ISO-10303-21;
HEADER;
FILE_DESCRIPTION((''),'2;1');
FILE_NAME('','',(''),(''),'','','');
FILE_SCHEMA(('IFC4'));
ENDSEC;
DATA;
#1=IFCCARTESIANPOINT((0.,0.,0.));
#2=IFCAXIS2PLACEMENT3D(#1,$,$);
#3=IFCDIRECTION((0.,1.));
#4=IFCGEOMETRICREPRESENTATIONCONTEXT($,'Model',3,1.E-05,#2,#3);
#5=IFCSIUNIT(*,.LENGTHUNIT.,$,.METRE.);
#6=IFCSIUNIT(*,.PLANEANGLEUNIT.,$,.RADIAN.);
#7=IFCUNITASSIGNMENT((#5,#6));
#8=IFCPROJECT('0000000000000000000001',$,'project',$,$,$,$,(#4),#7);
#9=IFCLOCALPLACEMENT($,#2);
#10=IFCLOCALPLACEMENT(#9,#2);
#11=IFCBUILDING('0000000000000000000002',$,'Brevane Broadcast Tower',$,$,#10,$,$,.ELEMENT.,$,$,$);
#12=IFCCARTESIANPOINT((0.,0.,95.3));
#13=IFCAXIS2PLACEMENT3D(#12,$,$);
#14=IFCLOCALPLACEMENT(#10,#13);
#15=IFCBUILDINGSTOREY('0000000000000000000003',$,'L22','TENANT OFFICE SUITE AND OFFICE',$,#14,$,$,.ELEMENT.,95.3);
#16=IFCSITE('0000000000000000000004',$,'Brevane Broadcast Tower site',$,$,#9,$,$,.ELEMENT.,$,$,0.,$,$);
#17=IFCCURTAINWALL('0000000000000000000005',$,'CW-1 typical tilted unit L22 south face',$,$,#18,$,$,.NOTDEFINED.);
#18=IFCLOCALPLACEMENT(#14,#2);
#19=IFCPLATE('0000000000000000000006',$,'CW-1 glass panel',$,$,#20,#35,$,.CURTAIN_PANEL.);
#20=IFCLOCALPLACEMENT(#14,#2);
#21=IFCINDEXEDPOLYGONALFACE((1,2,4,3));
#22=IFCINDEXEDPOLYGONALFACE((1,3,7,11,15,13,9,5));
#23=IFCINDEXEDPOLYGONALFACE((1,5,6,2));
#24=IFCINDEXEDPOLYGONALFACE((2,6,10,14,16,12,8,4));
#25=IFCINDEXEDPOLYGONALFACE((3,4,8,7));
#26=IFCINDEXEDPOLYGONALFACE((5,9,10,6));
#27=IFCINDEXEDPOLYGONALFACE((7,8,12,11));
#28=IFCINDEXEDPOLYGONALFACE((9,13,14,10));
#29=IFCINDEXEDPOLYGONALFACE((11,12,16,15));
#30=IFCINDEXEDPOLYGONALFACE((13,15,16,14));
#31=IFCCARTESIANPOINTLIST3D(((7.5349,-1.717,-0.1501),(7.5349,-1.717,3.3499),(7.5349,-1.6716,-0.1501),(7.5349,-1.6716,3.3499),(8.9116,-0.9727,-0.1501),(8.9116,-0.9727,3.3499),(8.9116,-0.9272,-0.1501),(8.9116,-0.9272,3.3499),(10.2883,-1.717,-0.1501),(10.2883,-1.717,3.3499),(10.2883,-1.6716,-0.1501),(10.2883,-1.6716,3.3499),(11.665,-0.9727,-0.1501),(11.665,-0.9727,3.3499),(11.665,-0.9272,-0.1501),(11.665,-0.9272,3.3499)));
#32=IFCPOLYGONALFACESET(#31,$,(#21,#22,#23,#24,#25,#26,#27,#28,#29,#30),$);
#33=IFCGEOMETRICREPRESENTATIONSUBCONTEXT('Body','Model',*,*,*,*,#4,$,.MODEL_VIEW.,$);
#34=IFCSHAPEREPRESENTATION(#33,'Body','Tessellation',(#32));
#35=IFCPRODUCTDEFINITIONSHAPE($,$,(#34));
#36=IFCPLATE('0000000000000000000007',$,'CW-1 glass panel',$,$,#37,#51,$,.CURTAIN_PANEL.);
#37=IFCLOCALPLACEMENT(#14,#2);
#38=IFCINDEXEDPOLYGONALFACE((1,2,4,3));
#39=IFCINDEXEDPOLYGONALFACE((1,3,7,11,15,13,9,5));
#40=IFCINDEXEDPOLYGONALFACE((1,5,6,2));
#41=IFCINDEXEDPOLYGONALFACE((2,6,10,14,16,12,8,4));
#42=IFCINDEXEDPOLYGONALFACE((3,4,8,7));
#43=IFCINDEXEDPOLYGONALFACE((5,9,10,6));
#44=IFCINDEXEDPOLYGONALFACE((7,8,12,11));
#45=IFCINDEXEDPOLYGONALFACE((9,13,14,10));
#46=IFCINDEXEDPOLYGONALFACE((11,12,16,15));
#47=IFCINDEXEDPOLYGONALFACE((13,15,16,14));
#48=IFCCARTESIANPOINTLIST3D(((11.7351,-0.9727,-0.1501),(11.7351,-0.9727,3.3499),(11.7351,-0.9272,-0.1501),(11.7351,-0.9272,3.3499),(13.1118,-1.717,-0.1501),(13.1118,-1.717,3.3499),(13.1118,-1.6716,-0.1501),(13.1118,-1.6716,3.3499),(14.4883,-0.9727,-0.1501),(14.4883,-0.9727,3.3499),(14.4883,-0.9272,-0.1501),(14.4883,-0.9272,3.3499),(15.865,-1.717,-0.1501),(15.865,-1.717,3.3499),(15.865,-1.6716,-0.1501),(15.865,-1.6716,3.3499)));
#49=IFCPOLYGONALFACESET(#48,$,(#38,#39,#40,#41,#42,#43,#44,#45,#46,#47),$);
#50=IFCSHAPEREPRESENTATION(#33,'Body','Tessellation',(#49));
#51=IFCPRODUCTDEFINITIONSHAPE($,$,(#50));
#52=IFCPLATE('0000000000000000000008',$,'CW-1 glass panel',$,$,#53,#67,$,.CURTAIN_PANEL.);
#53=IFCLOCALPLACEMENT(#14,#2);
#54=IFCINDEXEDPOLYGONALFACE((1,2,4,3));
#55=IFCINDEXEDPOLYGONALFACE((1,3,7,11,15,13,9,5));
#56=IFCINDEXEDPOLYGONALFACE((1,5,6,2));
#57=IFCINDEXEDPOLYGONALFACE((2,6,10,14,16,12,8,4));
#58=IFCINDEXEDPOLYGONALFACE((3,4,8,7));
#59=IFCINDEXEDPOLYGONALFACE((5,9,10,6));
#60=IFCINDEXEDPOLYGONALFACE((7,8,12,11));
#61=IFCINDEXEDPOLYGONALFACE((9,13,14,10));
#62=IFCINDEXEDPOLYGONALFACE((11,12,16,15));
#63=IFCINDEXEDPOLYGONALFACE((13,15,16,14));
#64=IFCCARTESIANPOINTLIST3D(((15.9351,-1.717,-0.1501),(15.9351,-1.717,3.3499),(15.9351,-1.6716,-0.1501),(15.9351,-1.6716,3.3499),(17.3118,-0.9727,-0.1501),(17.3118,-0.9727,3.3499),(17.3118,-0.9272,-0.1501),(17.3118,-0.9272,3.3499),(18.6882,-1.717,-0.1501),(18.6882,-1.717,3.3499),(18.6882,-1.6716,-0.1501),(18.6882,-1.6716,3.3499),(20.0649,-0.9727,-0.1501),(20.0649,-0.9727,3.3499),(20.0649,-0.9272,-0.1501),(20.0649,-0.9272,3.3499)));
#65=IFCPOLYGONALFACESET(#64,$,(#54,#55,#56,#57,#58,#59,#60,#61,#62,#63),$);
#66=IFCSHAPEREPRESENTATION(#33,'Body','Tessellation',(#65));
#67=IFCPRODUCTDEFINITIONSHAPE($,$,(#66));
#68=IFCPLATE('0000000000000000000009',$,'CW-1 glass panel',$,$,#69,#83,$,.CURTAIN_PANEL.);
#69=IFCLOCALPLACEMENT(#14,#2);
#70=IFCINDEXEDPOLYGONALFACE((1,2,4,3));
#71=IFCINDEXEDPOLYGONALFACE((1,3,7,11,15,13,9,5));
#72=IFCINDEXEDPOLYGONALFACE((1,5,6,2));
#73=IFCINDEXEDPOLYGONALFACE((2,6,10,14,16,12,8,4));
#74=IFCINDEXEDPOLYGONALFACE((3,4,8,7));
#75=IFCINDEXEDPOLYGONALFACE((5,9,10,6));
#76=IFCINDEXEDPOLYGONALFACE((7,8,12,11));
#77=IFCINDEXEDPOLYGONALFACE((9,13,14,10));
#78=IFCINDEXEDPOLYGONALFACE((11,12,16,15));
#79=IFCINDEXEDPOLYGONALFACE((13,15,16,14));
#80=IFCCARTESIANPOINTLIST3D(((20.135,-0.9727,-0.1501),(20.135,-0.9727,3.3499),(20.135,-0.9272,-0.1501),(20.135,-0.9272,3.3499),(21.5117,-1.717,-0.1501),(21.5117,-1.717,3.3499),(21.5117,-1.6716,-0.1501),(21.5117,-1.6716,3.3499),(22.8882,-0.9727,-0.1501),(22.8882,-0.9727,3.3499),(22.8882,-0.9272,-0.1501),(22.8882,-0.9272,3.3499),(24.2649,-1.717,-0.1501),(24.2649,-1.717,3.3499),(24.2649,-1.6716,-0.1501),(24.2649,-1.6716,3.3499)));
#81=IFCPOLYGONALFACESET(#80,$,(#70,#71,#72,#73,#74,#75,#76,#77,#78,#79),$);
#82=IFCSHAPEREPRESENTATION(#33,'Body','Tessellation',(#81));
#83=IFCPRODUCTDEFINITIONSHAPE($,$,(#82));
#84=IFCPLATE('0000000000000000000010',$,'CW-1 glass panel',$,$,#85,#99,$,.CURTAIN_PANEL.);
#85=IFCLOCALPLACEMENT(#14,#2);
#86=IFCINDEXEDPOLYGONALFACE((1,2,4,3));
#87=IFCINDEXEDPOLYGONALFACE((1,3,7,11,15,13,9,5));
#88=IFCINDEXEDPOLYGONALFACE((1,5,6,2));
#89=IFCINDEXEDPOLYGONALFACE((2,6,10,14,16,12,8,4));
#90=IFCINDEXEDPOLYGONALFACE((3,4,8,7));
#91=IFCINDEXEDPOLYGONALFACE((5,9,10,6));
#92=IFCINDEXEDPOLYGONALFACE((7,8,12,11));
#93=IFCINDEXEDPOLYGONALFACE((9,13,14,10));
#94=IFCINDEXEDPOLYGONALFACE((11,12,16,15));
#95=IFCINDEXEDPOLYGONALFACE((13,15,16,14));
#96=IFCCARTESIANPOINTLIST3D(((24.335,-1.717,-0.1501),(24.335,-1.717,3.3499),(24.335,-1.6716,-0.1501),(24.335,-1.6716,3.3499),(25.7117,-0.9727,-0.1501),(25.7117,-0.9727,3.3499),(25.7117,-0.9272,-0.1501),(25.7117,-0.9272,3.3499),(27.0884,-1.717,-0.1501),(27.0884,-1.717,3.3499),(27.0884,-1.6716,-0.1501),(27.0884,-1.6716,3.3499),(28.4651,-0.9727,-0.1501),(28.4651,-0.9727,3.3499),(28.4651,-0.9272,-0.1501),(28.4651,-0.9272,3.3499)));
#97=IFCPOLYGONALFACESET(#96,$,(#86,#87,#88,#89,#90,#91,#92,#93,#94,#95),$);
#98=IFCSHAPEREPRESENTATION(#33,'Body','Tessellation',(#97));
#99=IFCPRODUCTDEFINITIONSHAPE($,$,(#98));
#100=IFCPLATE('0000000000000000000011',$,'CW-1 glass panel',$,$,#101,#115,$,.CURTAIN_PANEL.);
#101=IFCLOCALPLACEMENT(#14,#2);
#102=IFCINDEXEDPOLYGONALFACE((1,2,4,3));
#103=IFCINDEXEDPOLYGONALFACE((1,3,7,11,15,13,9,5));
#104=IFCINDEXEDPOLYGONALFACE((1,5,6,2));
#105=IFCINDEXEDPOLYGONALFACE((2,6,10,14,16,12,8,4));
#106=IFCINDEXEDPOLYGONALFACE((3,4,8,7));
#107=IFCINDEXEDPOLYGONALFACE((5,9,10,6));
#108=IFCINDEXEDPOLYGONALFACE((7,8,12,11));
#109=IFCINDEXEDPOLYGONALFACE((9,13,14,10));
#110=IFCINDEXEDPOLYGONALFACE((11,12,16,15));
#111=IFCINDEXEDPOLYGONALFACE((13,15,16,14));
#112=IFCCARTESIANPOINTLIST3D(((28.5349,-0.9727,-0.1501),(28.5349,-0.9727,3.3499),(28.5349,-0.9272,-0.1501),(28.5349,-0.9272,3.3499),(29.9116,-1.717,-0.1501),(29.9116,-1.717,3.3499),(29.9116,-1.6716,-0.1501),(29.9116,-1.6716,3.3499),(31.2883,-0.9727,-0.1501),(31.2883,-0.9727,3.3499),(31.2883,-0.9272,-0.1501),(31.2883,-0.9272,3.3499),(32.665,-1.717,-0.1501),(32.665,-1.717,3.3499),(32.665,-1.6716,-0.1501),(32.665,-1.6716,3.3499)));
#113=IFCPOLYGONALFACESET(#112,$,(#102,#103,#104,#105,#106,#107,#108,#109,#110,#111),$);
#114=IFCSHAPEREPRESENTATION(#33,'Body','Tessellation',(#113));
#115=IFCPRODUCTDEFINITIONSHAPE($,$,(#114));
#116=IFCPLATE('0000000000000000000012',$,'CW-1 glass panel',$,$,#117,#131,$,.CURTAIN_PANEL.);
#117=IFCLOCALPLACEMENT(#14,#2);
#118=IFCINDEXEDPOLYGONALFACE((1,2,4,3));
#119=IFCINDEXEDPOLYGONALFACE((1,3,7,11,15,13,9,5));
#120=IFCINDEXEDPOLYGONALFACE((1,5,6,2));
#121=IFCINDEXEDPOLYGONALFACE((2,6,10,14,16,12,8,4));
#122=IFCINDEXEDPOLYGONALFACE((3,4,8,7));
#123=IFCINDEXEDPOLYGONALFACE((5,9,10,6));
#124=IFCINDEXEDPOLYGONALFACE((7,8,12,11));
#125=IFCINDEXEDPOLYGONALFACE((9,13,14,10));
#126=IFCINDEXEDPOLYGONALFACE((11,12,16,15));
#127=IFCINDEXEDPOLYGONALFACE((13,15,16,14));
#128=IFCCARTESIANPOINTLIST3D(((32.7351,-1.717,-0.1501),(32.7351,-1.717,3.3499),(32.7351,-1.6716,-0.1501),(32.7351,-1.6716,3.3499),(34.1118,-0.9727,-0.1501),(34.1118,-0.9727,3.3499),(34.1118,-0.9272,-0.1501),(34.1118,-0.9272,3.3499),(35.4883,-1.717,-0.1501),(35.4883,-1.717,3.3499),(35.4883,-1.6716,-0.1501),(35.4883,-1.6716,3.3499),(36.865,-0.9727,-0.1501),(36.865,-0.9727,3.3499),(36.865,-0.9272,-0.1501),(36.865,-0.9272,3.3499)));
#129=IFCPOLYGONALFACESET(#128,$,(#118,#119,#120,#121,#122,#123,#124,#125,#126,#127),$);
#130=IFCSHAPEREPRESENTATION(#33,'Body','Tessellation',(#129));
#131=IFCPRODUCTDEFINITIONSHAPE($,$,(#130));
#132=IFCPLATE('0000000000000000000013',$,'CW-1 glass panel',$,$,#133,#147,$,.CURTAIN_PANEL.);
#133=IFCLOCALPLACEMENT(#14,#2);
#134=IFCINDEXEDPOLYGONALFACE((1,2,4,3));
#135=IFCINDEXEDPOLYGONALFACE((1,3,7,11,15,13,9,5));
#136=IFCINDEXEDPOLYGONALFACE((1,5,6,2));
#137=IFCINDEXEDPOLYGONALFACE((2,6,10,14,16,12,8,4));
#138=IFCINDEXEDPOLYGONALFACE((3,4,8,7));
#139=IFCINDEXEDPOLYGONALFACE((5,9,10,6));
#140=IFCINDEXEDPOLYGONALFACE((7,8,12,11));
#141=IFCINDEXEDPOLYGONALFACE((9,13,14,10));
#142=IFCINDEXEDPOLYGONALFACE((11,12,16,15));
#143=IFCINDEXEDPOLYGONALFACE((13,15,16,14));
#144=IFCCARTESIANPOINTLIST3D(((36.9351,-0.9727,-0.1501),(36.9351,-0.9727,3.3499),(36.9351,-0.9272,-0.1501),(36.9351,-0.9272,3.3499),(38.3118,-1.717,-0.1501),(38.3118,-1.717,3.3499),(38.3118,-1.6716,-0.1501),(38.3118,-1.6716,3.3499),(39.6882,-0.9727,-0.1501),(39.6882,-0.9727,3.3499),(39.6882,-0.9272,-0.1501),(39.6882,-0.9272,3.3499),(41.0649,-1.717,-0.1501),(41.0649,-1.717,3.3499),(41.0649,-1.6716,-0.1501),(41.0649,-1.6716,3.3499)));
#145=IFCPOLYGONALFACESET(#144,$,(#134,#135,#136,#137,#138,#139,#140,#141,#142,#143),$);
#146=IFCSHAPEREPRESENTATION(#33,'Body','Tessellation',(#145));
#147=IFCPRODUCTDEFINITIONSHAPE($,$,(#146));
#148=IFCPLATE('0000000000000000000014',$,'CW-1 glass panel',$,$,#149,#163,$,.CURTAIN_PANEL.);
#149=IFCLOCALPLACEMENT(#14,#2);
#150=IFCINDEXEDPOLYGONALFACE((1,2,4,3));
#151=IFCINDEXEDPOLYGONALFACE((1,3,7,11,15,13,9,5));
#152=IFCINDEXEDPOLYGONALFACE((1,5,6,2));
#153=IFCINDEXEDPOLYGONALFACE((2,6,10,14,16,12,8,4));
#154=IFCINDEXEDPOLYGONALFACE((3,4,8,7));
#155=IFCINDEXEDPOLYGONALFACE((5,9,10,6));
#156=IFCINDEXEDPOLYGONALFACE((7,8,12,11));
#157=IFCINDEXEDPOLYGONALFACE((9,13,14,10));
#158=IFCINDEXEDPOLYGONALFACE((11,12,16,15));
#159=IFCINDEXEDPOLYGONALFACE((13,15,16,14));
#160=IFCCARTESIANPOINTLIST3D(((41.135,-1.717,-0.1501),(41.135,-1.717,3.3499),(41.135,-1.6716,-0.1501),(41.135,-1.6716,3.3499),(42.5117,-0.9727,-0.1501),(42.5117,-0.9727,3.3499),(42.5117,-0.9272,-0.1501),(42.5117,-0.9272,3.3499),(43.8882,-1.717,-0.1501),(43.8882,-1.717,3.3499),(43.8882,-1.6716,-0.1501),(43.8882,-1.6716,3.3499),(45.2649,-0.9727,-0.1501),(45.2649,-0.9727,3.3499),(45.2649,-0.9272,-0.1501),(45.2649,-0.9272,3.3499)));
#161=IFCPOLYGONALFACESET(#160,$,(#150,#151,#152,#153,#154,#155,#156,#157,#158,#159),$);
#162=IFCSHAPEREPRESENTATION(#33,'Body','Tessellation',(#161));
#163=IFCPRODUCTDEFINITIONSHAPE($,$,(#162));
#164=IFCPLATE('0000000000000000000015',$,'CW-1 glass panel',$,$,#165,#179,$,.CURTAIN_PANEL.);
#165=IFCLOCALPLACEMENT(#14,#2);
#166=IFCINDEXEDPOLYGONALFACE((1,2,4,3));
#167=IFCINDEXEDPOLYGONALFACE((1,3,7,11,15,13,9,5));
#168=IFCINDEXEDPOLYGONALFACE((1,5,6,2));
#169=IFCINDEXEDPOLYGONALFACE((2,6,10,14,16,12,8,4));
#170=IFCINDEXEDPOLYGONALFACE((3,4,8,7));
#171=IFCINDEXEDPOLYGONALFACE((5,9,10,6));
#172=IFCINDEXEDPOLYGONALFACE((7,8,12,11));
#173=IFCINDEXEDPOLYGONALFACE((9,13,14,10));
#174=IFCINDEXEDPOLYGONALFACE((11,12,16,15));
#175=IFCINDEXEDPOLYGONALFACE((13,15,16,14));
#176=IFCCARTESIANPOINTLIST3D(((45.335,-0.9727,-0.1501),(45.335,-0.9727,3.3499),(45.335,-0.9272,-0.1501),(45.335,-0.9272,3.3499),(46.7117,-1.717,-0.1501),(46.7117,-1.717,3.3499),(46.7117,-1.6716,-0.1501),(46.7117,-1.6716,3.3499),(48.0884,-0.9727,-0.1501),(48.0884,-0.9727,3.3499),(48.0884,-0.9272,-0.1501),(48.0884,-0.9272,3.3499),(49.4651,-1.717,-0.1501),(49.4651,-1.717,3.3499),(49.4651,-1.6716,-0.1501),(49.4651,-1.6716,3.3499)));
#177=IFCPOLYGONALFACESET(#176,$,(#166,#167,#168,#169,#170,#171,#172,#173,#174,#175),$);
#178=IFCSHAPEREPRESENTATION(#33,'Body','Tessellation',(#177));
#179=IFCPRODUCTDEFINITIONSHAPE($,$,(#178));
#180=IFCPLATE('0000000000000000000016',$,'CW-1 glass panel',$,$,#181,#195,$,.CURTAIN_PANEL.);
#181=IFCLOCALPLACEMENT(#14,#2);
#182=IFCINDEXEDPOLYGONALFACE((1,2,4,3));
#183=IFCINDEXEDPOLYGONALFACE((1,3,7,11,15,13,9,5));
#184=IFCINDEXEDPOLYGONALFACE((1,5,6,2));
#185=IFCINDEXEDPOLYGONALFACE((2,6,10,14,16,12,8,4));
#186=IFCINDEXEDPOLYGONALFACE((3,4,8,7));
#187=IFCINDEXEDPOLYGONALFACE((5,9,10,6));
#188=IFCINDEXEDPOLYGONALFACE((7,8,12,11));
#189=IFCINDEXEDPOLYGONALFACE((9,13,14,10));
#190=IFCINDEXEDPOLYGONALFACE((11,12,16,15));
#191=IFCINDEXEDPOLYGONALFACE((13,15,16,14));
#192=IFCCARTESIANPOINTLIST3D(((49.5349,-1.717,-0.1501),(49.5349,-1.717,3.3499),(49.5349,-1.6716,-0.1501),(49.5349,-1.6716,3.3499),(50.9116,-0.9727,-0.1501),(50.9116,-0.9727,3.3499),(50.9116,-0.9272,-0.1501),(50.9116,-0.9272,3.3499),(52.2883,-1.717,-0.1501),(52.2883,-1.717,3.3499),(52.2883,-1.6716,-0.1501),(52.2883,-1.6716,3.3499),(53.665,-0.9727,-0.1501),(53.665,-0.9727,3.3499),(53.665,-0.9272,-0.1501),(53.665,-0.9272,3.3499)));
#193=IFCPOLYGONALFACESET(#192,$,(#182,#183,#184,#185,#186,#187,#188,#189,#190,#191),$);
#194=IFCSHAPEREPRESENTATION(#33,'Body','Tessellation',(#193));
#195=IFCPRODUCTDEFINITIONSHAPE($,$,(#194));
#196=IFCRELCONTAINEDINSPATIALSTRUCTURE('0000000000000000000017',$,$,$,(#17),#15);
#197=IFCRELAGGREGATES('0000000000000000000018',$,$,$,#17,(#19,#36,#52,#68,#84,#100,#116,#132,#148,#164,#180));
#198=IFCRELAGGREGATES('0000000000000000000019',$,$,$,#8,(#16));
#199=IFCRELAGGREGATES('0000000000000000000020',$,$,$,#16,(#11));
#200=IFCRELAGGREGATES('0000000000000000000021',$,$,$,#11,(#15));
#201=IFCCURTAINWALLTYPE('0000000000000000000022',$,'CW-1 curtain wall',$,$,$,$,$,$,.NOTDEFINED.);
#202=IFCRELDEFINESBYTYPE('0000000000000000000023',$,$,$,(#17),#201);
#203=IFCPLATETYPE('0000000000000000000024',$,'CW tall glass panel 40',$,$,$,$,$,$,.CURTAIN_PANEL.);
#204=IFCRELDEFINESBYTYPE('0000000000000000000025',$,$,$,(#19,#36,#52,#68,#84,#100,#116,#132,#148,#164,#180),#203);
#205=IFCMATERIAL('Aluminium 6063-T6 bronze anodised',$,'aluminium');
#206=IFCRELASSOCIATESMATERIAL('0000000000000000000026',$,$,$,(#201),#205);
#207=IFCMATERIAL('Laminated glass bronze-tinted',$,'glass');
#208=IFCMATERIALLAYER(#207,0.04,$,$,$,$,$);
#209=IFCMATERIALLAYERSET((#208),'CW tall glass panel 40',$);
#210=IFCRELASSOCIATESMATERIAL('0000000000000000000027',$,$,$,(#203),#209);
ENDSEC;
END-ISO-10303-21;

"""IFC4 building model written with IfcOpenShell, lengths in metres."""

from ifc_helpers import new_model, si_unit, direction, frame, origin, place, context, subcontext, project, spatial, polyline, outline, extrude, material, layer, layer_set, type_object, element, aggregate, save


model = new_model("IFC4")

# Units and contexts
model_context = context("Model", 3, precision=1e-05, world=origin(), true_north=direction((0.0, 1.0)))
body_context = subcontext(model_context, "Body", "Model", "MODEL_VIEW")
ifc_project = project(units=[si_unit("LENGTHUNIT", "METRE"), si_unit("PLANEANGLEUNIT", "RADIAN")], contexts=[model_context])

# Site, building, storey
site_placement = place(None, origin())
site = spatial("IfcSite", under=ifc_project, at=site_placement, Name="Brevane Broadcast Tower site", CompositionType="ELEMENT", RefElevation=0.0)
building_placement = place(site_placement, origin())
building = spatial("IfcBuilding", under=site, at=building_placement, Name="Brevane Broadcast Tower", CompositionType="ELEMENT")
storey_placement = place(building_placement, frame((0.0, 0.0, 95.3)))
storey = spatial("IfcBuildingStorey", under=building, at=storey_placement, Name="L22", Description="TENANT OFFICE SUITE AND OFFICE", CompositionType="ELEMENT", Elevation=95.3)

# Curtain wall, plates
ifc_material_1 = material(Name="Aluminium 6063-T6 bronze anodised", Category="aluminium")
curtain_wall_type = type_object("IfcCurtainWallType", Name="CW-1 curtain wall", PredefinedType="NOTDEFINED", material=ifc_material_1)
curtain_wall_1_placement = place(storey_placement, origin())
curtain_wall_1 = element("IfcCurtainWall", 1, at=curtain_wall_1_placement, inside=storey, type_object=curtain_wall_type, Name="CW-1 typical tilted unit L22 south face", PredefinedType="NOTDEFINED")
ifc_material_2 = material(Name="Laminated glass bronze-tinted", Category="glass")
ifc_layer = layer(ifc_material_2, 0.04)
ifc_layer_set = layer_set([ifc_layer], Name="CW tall glass panel 40")
plate_type = type_object("IfcPlateType", Name="CW tall glass panel 40", PredefinedType="CURTAIN_PANEL", material=ifc_layer_set)
plate_1_placement = place(storey_placement, frame((0.0, 0.0, -0.1501)))
plate_1 = element("IfcPlate", 2, at=plate_1_placement, type_object=plate_type, Name="CW-1 glass panel", PredefinedType="CURTAIN_PANEL", context=body_context, shape_type="SweptSolid", body=[
    extrude(outline(polyline([(7.5349, -1.6716), (7.5349, -1.717), (8.9116, -0.9727), (10.2883, -1.717), (11.665, -0.9727), (11.665, -0.9272), (10.2883, -1.6716), (8.9116, -0.9272), (7.5349, -1.6716)])), origin(), (0.0, 0.0, 1.0), 3.5),
])
plate_2_placement = place(storey_placement, frame((0.0, 0.0, -0.1501)))
plate_2 = element("IfcPlate", 3, at=plate_2_placement, type_object=plate_type, Name="CW-1 glass panel", PredefinedType="CURTAIN_PANEL", context=body_context, shape_type="SweptSolid", body=[
    extrude(outline(polyline([(11.7351, -0.9272), (11.7351, -0.9727), (13.1118, -1.717), (14.4883, -0.9727), (15.865, -1.717), (15.865, -1.6716), (14.4883, -0.9272), (13.1118, -1.6716), (11.7351, -0.9272)])), origin(), (0.0, 0.0, 1.0), 3.5),
])
plate_3_placement = place(storey_placement, frame((0.0, 0.0, -0.1501)))
plate_3 = element("IfcPlate", 4, at=plate_3_placement, type_object=plate_type, Name="CW-1 glass panel", PredefinedType="CURTAIN_PANEL", context=body_context, shape_type="SweptSolid", body=[
    extrude(outline(polyline([(15.9351, -1.6716), (15.9351, -1.717), (17.3118, -0.9727), (18.6882, -1.717), (20.0649, -0.9727), (20.0649, -0.9272), (18.6882, -1.6716), (17.3118, -0.9272), (15.9351, -1.6716)])), origin(), (0.0, 0.0, 1.0), 3.5),
])
plate_4_placement = place(storey_placement, frame((0.0, 0.0, -0.1501)))
plate_4 = element("IfcPlate", 5, at=plate_4_placement, type_object=plate_type, Name="CW-1 glass panel", PredefinedType="CURTAIN_PANEL", context=body_context, shape_type="SweptSolid", body=[
    extrude(outline(polyline([(20.135, -0.9272), (20.135, -0.9727), (21.5117, -1.717), (22.8882, -0.9727), (24.2649, -1.717), (24.2649, -1.6716), (22.8882, -0.9272), (21.5117, -1.6716), (20.135, -0.9272)])), origin(), (0.0, 0.0, 1.0), 3.5),
])
plate_5_placement = place(storey_placement, frame((0.0, 0.0, -0.1501)))
plate_5 = element("IfcPlate", 6, at=plate_5_placement, type_object=plate_type, Name="CW-1 glass panel", PredefinedType="CURTAIN_PANEL", context=body_context, shape_type="SweptSolid", body=[
    extrude(outline(polyline([(24.335, -1.6716), (24.335, -1.717), (25.7117, -0.9727), (27.0884, -1.717), (28.4651, -0.9727), (28.4651, -0.9272), (27.0884, -1.6716), (25.7117, -0.9272), (24.335, -1.6716)])), origin(), (0.0, 0.0, 1.0), 3.5),
])
plate_6_placement = place(storey_placement, frame((0.0, 0.0, -0.1501)))
plate_6 = element("IfcPlate", 7, at=plate_6_placement, type_object=plate_type, Name="CW-1 glass panel", PredefinedType="CURTAIN_PANEL", context=body_context, shape_type="SweptSolid", body=[
    extrude(outline(polyline([(28.5349, -0.9272), (28.5349, -0.9727), (29.9116, -1.717), (31.2883, -0.9727), (32.665, -1.717), (32.665, -1.6716), (31.2883, -0.9272), (29.9116, -1.6716), (28.5349, -0.9272)])), origin(), (0.0, 0.0, 1.0), 3.5),
])
plate_7_placement = place(storey_placement, frame((0.0, 0.0, -0.1501)))
plate_7 = element("IfcPlate", 8, at=plate_7_placement, type_object=plate_type, Name="CW-1 glass panel", PredefinedType="CURTAIN_PANEL", context=body_context, shape_type="SweptSolid", body=[
    extrude(outline(polyline([(32.7351, -1.6716), (32.7351, -1.717), (34.1118, -0.9727), (35.4883, -1.717), (36.865, -0.9727), (36.865, -0.9272), (35.4883, -1.6716), (34.1118, -0.9272), (32.7351, -1.6716)])), origin(), (0.0, 0.0, 1.0), 3.5),
])
plate_8_placement = place(storey_placement, frame((0.0, 0.0, -0.1501)))
plate_8 = element("IfcPlate", 9, at=plate_8_placement, type_object=plate_type, Name="CW-1 glass panel", PredefinedType="CURTAIN_PANEL", context=body_context, shape_type="SweptSolid", body=[
    extrude(outline(polyline([(36.9351, -0.9272), (36.9351, -0.9727), (38.3118, -1.717), (39.6882, -0.9727), (41.0649, -1.717), (41.0649, -1.6716), (39.6882, -0.9272), (38.3118, -1.6716), (36.9351, -0.9272)])), origin(), (0.0, 0.0, 1.0), 3.5),
])
plate_9_placement = place(storey_placement, frame((0.0, 0.0, -0.1501)))
plate_9 = element("IfcPlate", 10, at=plate_9_placement, type_object=plate_type, Name="CW-1 glass panel", PredefinedType="CURTAIN_PANEL", context=body_context, shape_type="SweptSolid", body=[
    extrude(outline(polyline([(41.135, -1.6716), (41.135, -1.717), (42.5117, -0.9727), (43.8882, -1.717), (45.2649, -0.9727), (45.2649, -0.9272), (43.8882, -1.6716), (42.5117, -0.9272), (41.135, -1.6716)])), origin(), (0.0, 0.0, 1.0), 3.5),
])
plate_10_placement = place(storey_placement, frame((0.0, 0.0, -0.1501)))
plate_10 = element("IfcPlate", 11, at=plate_10_placement, type_object=plate_type, Name="CW-1 glass panel", PredefinedType="CURTAIN_PANEL", context=body_context, shape_type="SweptSolid", body=[
    extrude(outline(polyline([(45.335, -0.9272), (45.335, -0.9727), (46.7117, -1.717), (48.0884, -0.9727), (49.4651, -1.717), (49.4651, -1.6716), (48.0884, -0.9272), (46.7117, -1.6716), (45.335, -0.9272)])), origin(), (0.0, 0.0, 1.0), 3.5),
])
plate_11_placement = place(storey_placement, frame((0.0, 0.0, -0.1501)))
plate_11 = element("IfcPlate", 12, at=plate_11_placement, type_object=plate_type, Name="CW-1 glass panel", PredefinedType="CURTAIN_PANEL", context=body_context, shape_type="SweptSolid", body=[
    extrude(outline(polyline([(49.5349, -1.6716), (49.5349, -1.717), (50.9116, -0.9727), (52.2883, -1.717), (53.665, -0.9727), (53.665, -0.9272), (52.2883, -1.6716), (50.9116, -0.9272), (49.5349, -1.6716)])), origin(), (0.0, 0.0, 1.0), 3.5),
])
aggregate(curtain_wall_1, [plate_1, plate_2, plate_3, plate_4, plate_5, plate_6, plate_7, plate_8, plate_9, plate_10, plate_11])

save(model, "model.ifc")
